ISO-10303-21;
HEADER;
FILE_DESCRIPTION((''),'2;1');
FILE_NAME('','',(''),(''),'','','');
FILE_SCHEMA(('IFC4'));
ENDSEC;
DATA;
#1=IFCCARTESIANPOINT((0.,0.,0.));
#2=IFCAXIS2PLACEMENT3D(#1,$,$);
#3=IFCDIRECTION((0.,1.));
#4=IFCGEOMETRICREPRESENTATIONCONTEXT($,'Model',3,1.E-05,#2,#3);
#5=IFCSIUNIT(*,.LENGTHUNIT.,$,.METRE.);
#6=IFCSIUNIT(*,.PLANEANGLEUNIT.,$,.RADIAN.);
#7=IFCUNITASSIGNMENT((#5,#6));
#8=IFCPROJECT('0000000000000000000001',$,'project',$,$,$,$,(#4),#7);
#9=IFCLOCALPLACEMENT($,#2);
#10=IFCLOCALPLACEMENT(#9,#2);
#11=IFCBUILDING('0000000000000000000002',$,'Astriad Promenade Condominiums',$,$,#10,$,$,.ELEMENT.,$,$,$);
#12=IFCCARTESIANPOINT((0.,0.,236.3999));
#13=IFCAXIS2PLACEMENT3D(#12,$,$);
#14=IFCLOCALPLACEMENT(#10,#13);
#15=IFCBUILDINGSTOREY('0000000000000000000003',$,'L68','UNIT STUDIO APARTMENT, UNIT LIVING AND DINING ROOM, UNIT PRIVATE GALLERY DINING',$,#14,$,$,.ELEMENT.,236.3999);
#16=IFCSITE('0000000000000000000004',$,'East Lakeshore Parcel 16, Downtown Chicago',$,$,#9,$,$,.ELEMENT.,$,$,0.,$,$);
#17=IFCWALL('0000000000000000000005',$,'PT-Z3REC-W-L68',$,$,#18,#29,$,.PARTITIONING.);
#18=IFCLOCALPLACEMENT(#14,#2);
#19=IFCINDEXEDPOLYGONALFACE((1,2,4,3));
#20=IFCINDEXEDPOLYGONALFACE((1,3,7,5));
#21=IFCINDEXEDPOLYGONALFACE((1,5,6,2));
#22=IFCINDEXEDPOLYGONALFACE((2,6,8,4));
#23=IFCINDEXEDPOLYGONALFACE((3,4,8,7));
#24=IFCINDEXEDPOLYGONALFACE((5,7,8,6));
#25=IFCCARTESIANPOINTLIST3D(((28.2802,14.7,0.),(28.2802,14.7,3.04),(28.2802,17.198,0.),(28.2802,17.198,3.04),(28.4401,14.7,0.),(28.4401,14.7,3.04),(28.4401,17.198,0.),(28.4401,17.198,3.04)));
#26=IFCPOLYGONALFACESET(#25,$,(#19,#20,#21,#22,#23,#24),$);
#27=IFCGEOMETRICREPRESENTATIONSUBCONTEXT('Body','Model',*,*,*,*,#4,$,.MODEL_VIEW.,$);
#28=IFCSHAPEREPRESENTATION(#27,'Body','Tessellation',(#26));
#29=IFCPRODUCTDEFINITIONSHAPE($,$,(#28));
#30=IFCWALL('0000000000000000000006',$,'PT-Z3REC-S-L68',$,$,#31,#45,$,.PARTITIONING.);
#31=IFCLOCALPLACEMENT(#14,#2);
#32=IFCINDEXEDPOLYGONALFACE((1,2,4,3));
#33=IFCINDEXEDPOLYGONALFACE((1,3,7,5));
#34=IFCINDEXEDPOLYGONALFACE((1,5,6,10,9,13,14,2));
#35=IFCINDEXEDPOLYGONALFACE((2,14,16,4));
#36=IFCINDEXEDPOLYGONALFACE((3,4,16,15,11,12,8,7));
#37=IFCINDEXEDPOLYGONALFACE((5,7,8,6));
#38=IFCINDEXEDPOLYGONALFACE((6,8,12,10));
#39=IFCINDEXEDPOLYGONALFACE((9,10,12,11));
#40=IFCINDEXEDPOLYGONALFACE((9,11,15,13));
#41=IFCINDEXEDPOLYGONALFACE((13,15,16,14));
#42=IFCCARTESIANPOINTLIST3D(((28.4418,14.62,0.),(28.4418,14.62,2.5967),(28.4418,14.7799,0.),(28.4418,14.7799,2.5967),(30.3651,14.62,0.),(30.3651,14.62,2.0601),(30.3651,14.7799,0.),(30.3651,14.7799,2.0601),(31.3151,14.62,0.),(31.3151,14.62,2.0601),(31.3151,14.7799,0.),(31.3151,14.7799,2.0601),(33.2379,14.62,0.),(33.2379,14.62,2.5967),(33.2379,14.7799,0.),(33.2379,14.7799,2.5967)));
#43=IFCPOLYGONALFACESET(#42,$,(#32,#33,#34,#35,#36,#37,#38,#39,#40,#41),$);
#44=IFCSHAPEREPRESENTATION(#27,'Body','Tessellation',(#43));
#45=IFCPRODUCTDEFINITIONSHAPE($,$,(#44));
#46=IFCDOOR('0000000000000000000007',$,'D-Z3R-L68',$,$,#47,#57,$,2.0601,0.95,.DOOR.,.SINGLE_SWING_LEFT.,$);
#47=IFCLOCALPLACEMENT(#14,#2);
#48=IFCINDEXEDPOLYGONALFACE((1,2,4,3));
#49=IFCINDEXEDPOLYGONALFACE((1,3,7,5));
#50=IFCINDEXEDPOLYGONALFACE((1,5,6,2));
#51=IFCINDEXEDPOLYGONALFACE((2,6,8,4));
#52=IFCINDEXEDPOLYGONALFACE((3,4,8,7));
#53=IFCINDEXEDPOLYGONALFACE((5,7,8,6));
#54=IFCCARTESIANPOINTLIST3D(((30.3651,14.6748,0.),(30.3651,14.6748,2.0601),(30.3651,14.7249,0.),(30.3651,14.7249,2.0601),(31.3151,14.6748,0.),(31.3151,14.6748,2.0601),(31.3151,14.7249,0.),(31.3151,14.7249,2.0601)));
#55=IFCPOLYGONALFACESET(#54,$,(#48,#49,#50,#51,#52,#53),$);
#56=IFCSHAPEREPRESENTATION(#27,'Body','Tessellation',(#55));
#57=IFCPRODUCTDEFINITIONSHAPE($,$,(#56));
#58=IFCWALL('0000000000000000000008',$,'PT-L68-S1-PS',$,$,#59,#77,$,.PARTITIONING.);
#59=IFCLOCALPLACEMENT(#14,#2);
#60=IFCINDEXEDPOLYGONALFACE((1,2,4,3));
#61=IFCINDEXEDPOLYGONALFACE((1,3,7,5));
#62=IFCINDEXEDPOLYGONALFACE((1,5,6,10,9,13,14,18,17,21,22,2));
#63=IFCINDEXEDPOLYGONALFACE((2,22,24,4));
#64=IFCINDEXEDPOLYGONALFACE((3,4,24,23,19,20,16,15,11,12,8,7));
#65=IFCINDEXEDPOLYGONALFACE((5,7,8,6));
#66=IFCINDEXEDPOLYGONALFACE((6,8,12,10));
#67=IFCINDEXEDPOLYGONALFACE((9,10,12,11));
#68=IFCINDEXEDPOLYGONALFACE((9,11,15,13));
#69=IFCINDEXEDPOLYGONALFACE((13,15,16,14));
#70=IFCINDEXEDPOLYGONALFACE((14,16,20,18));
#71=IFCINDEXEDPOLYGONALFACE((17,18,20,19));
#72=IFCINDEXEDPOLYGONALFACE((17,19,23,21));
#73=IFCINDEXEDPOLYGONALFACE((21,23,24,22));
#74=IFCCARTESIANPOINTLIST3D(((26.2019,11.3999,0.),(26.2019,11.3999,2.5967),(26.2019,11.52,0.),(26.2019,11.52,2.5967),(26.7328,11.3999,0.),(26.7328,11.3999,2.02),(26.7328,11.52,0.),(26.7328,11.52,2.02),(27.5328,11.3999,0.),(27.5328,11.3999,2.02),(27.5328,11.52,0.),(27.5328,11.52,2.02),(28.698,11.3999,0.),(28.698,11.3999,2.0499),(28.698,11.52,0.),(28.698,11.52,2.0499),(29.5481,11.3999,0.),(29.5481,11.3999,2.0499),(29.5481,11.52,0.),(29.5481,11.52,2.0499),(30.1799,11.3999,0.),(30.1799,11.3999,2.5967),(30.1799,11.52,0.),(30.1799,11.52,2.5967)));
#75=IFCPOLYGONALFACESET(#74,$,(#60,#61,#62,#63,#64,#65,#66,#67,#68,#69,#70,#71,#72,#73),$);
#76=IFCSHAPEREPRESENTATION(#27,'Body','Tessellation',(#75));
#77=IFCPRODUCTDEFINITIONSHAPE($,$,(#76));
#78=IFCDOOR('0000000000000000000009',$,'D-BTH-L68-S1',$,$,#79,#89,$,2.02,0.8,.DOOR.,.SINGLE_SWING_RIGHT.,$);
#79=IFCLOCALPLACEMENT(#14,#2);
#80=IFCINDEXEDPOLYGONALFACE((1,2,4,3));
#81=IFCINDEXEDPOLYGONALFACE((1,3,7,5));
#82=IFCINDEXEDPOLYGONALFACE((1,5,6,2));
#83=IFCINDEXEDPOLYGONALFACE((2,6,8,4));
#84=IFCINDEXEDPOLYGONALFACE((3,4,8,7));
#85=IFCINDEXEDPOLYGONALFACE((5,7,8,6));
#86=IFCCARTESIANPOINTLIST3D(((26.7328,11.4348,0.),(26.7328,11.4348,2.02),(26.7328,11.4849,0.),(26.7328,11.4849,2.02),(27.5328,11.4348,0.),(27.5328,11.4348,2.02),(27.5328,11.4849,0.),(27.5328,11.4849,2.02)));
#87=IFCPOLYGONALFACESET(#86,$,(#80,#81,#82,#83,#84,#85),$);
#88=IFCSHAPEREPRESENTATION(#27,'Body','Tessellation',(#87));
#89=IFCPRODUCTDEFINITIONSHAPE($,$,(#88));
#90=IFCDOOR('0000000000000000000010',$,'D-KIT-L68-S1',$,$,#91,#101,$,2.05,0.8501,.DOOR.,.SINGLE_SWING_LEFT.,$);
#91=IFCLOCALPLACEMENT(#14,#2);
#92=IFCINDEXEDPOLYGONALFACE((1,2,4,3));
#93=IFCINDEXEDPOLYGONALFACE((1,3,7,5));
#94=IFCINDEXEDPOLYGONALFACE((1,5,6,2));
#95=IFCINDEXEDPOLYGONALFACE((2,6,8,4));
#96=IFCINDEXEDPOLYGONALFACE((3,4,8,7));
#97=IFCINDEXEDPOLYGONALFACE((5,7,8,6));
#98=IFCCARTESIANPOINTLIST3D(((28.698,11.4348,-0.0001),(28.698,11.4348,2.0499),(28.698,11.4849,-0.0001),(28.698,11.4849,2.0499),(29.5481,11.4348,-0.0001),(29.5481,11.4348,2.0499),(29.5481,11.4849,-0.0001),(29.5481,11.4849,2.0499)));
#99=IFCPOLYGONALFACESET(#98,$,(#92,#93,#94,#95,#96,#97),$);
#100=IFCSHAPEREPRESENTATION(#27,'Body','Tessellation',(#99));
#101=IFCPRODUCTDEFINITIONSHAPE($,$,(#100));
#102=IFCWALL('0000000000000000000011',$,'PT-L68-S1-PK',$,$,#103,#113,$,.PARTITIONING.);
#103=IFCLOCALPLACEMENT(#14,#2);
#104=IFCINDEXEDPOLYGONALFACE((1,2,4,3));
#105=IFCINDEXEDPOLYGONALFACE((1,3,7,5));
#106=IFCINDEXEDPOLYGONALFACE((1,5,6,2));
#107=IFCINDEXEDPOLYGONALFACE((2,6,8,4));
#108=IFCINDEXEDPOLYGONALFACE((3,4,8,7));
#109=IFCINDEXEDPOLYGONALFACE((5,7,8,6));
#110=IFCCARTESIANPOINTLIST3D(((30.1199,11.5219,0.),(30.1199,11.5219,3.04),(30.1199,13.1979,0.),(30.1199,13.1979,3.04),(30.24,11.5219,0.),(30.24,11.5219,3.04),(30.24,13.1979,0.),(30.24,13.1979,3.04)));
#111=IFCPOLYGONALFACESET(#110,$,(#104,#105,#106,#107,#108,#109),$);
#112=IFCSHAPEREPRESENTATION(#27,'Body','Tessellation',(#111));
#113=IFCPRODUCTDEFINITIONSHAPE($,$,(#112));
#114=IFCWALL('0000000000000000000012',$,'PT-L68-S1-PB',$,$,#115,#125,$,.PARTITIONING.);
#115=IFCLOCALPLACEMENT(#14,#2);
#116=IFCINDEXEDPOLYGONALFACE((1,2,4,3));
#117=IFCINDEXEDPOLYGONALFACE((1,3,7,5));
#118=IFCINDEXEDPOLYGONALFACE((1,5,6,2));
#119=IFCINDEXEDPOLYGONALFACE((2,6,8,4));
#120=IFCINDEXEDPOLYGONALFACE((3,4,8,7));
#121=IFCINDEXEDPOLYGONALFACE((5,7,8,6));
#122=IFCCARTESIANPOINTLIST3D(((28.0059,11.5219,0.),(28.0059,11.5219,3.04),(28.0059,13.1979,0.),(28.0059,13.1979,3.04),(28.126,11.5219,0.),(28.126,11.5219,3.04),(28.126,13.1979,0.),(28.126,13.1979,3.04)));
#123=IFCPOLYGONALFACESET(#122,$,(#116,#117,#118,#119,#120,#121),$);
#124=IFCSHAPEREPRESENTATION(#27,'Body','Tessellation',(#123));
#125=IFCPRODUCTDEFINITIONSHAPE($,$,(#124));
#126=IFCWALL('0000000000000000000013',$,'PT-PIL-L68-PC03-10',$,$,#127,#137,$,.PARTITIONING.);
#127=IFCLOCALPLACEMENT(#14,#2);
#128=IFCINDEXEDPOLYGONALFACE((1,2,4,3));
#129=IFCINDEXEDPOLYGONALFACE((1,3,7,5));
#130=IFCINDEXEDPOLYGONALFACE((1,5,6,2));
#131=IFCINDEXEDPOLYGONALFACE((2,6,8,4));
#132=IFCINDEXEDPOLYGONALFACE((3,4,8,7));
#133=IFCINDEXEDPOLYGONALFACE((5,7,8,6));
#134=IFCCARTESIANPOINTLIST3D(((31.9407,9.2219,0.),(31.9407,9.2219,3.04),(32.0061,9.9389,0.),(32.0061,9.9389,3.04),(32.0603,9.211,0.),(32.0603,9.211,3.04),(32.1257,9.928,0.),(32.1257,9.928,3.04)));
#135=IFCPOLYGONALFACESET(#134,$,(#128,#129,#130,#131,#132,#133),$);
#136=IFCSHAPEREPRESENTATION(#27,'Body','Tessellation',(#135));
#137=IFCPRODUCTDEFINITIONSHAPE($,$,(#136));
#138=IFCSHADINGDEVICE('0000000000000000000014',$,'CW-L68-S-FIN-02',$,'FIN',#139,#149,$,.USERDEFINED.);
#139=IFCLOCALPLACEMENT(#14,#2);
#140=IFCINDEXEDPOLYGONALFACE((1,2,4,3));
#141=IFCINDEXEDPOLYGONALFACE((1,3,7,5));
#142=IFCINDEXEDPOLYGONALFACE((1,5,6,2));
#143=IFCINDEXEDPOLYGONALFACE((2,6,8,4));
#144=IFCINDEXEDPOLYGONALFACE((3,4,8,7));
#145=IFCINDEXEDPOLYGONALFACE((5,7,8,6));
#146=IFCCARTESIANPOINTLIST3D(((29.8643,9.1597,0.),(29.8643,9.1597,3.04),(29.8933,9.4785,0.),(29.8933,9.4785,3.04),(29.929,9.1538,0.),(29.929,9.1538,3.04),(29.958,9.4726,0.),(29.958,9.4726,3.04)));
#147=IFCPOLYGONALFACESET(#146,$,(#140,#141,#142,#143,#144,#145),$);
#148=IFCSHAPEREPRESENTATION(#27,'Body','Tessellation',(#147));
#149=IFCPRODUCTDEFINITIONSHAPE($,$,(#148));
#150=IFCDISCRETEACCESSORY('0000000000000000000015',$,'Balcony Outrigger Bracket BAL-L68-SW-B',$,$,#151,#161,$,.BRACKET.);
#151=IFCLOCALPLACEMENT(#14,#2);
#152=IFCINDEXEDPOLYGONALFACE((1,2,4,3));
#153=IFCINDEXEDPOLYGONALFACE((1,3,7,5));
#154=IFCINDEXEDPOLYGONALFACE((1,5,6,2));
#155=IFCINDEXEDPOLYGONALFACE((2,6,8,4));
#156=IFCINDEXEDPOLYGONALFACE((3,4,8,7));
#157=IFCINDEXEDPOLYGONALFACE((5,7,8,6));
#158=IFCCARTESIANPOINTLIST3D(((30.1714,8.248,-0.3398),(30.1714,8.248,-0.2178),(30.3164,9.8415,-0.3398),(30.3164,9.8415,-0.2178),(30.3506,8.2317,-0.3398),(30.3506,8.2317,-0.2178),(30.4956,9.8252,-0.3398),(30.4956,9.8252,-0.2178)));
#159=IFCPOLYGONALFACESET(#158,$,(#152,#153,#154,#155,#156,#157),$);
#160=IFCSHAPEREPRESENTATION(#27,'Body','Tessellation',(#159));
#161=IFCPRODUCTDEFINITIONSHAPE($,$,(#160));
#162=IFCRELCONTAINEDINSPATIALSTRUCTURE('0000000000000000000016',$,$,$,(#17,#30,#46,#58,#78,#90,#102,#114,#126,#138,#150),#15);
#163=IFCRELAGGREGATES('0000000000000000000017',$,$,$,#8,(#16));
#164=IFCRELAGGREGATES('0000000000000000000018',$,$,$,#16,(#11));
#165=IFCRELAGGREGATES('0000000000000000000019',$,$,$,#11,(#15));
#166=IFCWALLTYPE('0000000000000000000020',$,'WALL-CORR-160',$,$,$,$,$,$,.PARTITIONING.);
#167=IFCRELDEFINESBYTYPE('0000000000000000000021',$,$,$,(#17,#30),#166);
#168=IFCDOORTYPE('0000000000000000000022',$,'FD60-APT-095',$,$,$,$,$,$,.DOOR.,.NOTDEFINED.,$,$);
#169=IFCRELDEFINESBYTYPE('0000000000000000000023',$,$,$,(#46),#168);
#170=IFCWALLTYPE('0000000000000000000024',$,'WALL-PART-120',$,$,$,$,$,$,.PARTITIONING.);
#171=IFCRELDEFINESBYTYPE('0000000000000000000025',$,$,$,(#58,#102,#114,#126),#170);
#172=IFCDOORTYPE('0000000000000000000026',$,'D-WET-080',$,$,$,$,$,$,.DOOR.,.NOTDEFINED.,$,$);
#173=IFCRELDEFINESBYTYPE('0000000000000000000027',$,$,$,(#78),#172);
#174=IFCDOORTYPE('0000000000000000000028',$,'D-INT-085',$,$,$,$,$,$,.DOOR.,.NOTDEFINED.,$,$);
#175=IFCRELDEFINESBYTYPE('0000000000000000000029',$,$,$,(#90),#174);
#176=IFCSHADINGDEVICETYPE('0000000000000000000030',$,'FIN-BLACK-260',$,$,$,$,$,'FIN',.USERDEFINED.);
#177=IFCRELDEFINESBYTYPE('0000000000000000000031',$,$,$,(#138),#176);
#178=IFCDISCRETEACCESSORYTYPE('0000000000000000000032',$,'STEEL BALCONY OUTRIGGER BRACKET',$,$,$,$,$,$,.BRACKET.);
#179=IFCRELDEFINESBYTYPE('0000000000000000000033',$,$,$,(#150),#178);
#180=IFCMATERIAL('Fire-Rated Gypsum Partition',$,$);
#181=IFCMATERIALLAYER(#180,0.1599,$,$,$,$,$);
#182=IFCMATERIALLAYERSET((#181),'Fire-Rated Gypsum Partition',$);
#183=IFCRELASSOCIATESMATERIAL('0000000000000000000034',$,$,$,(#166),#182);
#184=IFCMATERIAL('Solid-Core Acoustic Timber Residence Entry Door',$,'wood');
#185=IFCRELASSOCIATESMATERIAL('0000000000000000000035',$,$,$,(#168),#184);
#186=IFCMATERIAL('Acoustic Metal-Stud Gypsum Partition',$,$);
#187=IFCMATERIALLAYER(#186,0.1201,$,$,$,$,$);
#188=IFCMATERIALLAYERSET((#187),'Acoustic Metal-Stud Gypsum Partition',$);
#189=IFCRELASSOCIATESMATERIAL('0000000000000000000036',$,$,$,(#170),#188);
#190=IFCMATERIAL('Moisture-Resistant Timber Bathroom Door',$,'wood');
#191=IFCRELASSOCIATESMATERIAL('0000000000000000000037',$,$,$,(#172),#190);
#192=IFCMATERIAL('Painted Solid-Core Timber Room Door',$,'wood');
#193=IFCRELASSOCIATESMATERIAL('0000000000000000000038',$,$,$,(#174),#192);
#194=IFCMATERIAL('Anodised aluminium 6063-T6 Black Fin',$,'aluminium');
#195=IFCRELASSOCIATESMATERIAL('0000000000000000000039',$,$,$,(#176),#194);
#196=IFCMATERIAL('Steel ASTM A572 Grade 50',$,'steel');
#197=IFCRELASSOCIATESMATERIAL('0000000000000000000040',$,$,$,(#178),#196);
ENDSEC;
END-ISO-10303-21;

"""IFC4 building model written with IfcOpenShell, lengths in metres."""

from ifc_helpers import new_model, si_unit, direction, frame, frame_2d, origin, origin_2d, place, context, subcontext, project, spatial, rectangle, extrude, source, transform, mapped, material, layer, layer_set, type_object, type_shapes, element, fill, save


model = new_model("IFC4")

# Units and contexts
model_context = context("Model", 3, precision=1e-05, world=origin(), true_north=direction((0.0, 1.0)))
body_context = subcontext(model_context, "Body", "Model", "MODEL_VIEW")
ifc_project = project(units=[si_unit("LENGTHUNIT", "METRE"), si_unit("PLANEANGLEUNIT", "RADIAN")], contexts=[model_context])

# Site, building, storey
site_placement = place(None, origin())
site = spatial("IfcSite", under=ifc_project, at=site_placement, Name="East Lakeshore Parcel 16, Downtown Chicago", CompositionType="ELEMENT", RefElevation=0.0)
building_placement = place(site_placement, origin())
building = spatial("IfcBuilding", under=site, at=building_placement, Name="Astriad Promenade Condominiums", CompositionType="ELEMENT")
storey_placement = place(building_placement, frame((0.0, 0.0, 236.3999)))
storey = spatial("IfcBuildingStorey", under=building, at=storey_placement, Name="L68", Description="UNIT STUDIO APARTMENT, UNIT LIVING AND DINING ROOM, UNIT PRIVATE GALLERY DINING", CompositionType="ELEMENT", Elevation=236.3999)

# Wall
ifc_material_1 = material(Name="Fire-Rated Gypsum Partition")
ifc_layer_1 = layer(ifc_material_1, 0.1599)
ifc_layer_set_1 = layer_set([ifc_layer_1], Name="Fire-Rated Gypsum Partition")
wall_type_1 = type_object("IfcWallType", Name="WALL-CORR-160", PredefinedType="PARTITIONING", material=ifc_layer_set_1)
wall_1_placement = place(storey_placement, frame((28.3601, 14.7, 0.0), z_axis=(0.0, 0.0, 1.0), x_axis=(0.0, 1.0, 0.0)))
element("IfcWall", 1, at=wall_1_placement, inside=storey, type_object=wall_type_1, Name="PT-Z3REC-W-L68", PredefinedType="PARTITIONING", context=body_context, shape_type="SweptSolid", body=[
    extrude(rectangle(XDim=2.498, YDim=0.1599, at=frame_2d((1.249, 0.0))), origin(), (0.0, 0.0, 1.0), 3.04),
])

# Wall, opening, door
wall_2_placement = place(storey_placement, frame((28.4419, 14.7, 0.0), z_axis=(0.0, 0.0, 1.0), x_axis=(1.0, 0.0, 0.0)))
wall_2 = element("IfcWall", 2, at=wall_2_placement, inside=storey, type_object=wall_type_1, Name="PT-Z3REC-S-L68", PredefinedType="PARTITIONING", context=body_context, shape_type="SweptSolid", body=[
    extrude(rectangle(XDim=4.7961, YDim=0.1599, at=frame_2d((2.3979, 0.0))), origin(), (0.0, 0.0, 1.0), 2.5967),
])
opening_1_placement = place(wall_2_placement, frame((1.9231, 0.0, 0.0)))
opening_1 = element("IfcOpeningElement", 3, at=opening_1_placement, cuts=wall_2, PredefinedType="OPENING", context=body_context, shape_type="SweptSolid", body=[
    extrude(rectangle(XDim=0.95, YDim=2.0601, at=frame_2d((0.4751, 1.03))), frame((0.0, 0.0898, 0.0), z_axis=(0.0, -1.0, 0.0), x_axis=(1.0, 0.0, 0.0)), (0.0, 0.0, 1.0), 0.1799),
])
ifc_material_2 = material(Name="Solid-Core Acoustic Timber Residence Entry Door", Category="wood")
door_type_1 = type_object("IfcDoorType", Name="FD60-APT-095", OperationType="NOTDEFINED", PredefinedType="DOOR", material=ifc_material_2)
shared_shape_1 = source(origin(), body_context, "Body", "SweptSolid", [
    extrude(rectangle(XDim=0.95, YDim=2.0601, at=frame_2d((0.4751, 1.03))), frame((0.0, 0.0249, 0.0), z_axis=(0.0, -1.0, 0.0), x_axis=(1.0, 0.0, 0.0)), (0.0, 0.0, 1.0), 0.05),
])
type_shapes(door_type_1, [shared_shape_1])
door_1_placement = place(opening_1_placement, origin())
door_1 = element("IfcDoor", 4, at=door_1_placement, inside=storey, type_object=door_type_1, Name="D-Z3R-L68", OperationType="SINGLE_SWING_LEFT", OverallHeight=2.0601, OverallWidth=0.95, PredefinedType="DOOR", context=body_context, shape_type="MappedRepresentation", body=[
    mapped(shared_shape_1, transform((0.0, 0.0, 0.0), scale=1.0)),
])
fill(opening_1, door_1)

# Wall, openings, doors
ifc_material_3 = material(Name="Acoustic Metal-Stud Gypsum Partition")
ifc_layer_2 = layer(ifc_material_3, 0.1201)
ifc_layer_set_2 = layer_set([ifc_layer_2], Name="Acoustic Metal-Stud Gypsum Partition")
wall_type_2 = type_object("IfcWallType", Name="WALL-PART-120", PredefinedType="PARTITIONING", material=ifc_layer_set_2)
wall_3_placement = place(storey_placement, frame((26.2019, 11.46, 0.0), z_axis=(0.0, 0.0, 1.0), x_axis=(1.0, 0.0, 0.0)))
wall_3 = element("IfcWall", 5, at=wall_3_placement, inside=storey, type_object=wall_type_2, Name="PT-L68-S1-PS", PredefinedType="PARTITIONING", context=body_context, shape_type="SweptSolid", body=[
    extrude(rectangle(XDim=3.978, YDim=0.1201, at=frame_2d((1.989, 0.0))), origin(), (0.0, 0.0, 1.0), 2.5967),
])
opening_2_placement = place(wall_3_placement, frame((0.531, 0.0, 0.0)))
opening_2 = element("IfcOpeningElement", 6, at=opening_2_placement, cuts=wall_3, PredefinedType="OPENING", context=body_context, shape_type="SweptSolid", body=[
    extrude(rectangle(XDim=0.8, YDim=2.02, at=frame_2d((0.3999, 1.01))), frame((0.0, 0.0701, 0.0), z_axis=(0.0, -1.0, 0.0), x_axis=(1.0, 0.0, 0.0)), (0.0, 0.0, 1.0), 0.1401),
])
opening_3_placement = place(wall_3_placement, frame((2.4961, 0.0, 0.0)))
opening_3 = element("IfcOpeningElement", 7, at=opening_3_placement, cuts=wall_3, PredefinedType="OPENING", context=body_context, shape_type="SweptSolid", body=[
    extrude(rectangle(XDim=0.8501, YDim=2.05, at=frame_2d((0.425, 1.0249))), frame((0.0, 0.0701, 0.0), z_axis=(0.0, -1.0, 0.0), x_axis=(1.0, 0.0, 0.0)), (0.0, 0.0, 1.0), 0.1401),
])
ifc_material_4 = material(Name="Moisture-Resistant Timber Bathroom Door", Category="wood")
door_type_2 = type_object("IfcDoorType", Name="D-WET-080", OperationType="NOTDEFINED", PredefinedType="DOOR", material=ifc_material_4)
shared_shape_2 = source(origin(), body_context, "Body", "SweptSolid", [
    extrude(rectangle(XDim=0.8, YDim=2.02, at=frame_2d((0.3999, 1.01))), frame((0.0, 0.0249, 0.0), z_axis=(0.0, -1.0, 0.0), x_axis=(1.0, 0.0, 0.0)), (0.0, 0.0, 1.0), 0.05),
])
type_shapes(door_type_2, [shared_shape_2])
door_2_placement = place(opening_2_placement, origin())
door_2 = element("IfcDoor", 8, at=door_2_placement, inside=storey, type_object=door_type_2, Name="D-BTH-L68-S1", OperationType="SINGLE_SWING_RIGHT", OverallHeight=2.02, OverallWidth=0.8, PredefinedType="DOOR", context=body_context, shape_type="MappedRepresentation", body=[
    mapped(shared_shape_2, transform((0.0, 0.0, 0.0), scale=1.0)),
])
fill(opening_2, door_2)
ifc_material_5 = material(Name="Painted Solid-Core Timber Room Door", Category="wood")
door_type_3 = type_object("IfcDoorType", Name="D-INT-085", OperationType="NOTDEFINED", PredefinedType="DOOR", material=ifc_material_5)
shared_shape_3 = source(origin(), body_context, "Body", "SweptSolid", [
    extrude(rectangle(XDim=0.8501, YDim=2.05, at=frame_2d((0.425, 1.0249))), frame((0.0, 0.0249, 0.0), z_axis=(0.0, -1.0, 0.0), x_axis=(1.0, 0.0, 0.0)), (0.0, 0.0, 1.0), 0.05),
])
type_shapes(door_type_3, [shared_shape_3])
door_3_placement = place(opening_3_placement, origin())
door_3 = element("IfcDoor", 9, at=door_3_placement, inside=storey, type_object=door_type_3, Name="D-KIT-L68-S1", OperationType="SINGLE_SWING_LEFT", OverallHeight=2.05, OverallWidth=0.8501, PredefinedType="DOOR", context=body_context, shape_type="MappedRepresentation", body=[
    mapped(shared_shape_3, transform((0.0, 0.0, 0.0), scale=1.0)),
])
fill(opening_3, door_3)

# Walls
for number, where, z_axis, x_axis, name in (
    (10, (30.1799, 11.522, 0.0), (0.0, 0.0, 1.0), (0.0, 1.0, 0.0), "PT-L68-S1-PK"),
    (11, (28.0659, 11.522, 0.0), (0.0, 0.0, 1.0), (0.0, 1.0, 0.0), "PT-L68-S1-PB"),
):
    element("IfcWall", number, at=place(storey_placement, frame(where, z_axis=z_axis, x_axis=x_axis)), inside=storey, type_object=wall_type_2, Name=name, PredefinedType="PARTITIONING", context=body_context, shape_type="SweptSolid", body=[
        extrude(rectangle(XDim=1.676, YDim=0.1201, at=frame_2d((0.8379, 0.0))), origin(), (0.0, 0.0, 1.0), 3.04),
    ])
wall_4_placement = place(storey_placement, frame((32.0659, 9.9333, 0.0), z_axis=(0.0, 0.0, 1.0), x_axis=(-0.090872, -0.995863, 0.0)))
element("IfcWall", 12, at=wall_4_placement, inside=storey, type_object=wall_type_2, Name="PT-PIL-L68-PC03-10", PredefinedType="PARTITIONING", context=body_context, shape_type="SweptSolid", body=[
    extrude(rectangle(XDim=0.72, YDim=0.1201, at=frame_2d((0.3599, 0.0))), origin(), (0.0, 0.0, 1.0), 3.04),
])

# Shading device
ifc_material_6 = material(Name="Anodised aluminium 6063-T6 Black Fin", Category="aluminium")
shading_device_type = type_object("IfcShadingDeviceType", Name="FIN-BLACK-260", ElementType="FIN", PredefinedType="USERDEFINED", material=ifc_material_6)
shared_shape_4 = source(origin(), body_context, "Body", "SweptSolid", [
    extrude(rectangle(XDim=0.0649, YDim=0.3201, at=origin_2d()), origin(), (0.0, 0.0, 1.0), 3.04),
])
type_shapes(shading_device_type, [shared_shape_4])
shading_device_placement = place(storey_placement, frame((29.9111, 9.3162, 0.0), z_axis=(0.0, 0.0, 1.0), x_axis=(-0.995884, 0.090633, 0.0)))
element("IfcShadingDevice", 13, at=shading_device_placement, inside=storey, type_object=shading_device_type, Name="CW-L68-S-FIN-02", ObjectType="FIN", PredefinedType="USERDEFINED", context=body_context, shape_type="MappedRepresentation", body=[
    mapped(shared_shape_4, transform((0.0, 0.0, 0.0), scale=1.0)),
])

# Discrete accessory
ifc_material_7 = material(Name="Steel ASTM A572 Grade 50", Category="steel")
discrete_accessory_type = type_object("IfcDiscreteAccessoryType", Name="STEEL BALCONY OUTRIGGER BRACKET", PredefinedType="BRACKET", material=ifc_material_7)
shared_shape_5 = source(origin(), body_context, "Body", "SweptSolid", [
    extrude(rectangle(XDim=1.6001, YDim=0.1799, at=origin_2d()), origin(), (0.0, 0.0, 1.0), 0.1221),
])
type_shapes(discrete_accessory_type, [shared_shape_5])
discrete_accessory_placement = place(storey_placement, frame((30.3335, 9.0366, -0.3398), z_axis=(0.0, 0.0, 1.0), x_axis=(-0.090633, -0.995884, 0.0)))
element("IfcDiscreteAccessory", 14, at=discrete_accessory_placement, inside=storey, type_object=discrete_accessory_type, Name="Balcony Outrigger Bracket BAL-L68-SW-B", PredefinedType="BRACKET", context=body_context, shape_type="MappedRepresentation", body=[
    mapped(shared_shape_5, transform((0.0, 0.0, 0.0), scale=1.0)),
])

save(model, "model.ifc")
